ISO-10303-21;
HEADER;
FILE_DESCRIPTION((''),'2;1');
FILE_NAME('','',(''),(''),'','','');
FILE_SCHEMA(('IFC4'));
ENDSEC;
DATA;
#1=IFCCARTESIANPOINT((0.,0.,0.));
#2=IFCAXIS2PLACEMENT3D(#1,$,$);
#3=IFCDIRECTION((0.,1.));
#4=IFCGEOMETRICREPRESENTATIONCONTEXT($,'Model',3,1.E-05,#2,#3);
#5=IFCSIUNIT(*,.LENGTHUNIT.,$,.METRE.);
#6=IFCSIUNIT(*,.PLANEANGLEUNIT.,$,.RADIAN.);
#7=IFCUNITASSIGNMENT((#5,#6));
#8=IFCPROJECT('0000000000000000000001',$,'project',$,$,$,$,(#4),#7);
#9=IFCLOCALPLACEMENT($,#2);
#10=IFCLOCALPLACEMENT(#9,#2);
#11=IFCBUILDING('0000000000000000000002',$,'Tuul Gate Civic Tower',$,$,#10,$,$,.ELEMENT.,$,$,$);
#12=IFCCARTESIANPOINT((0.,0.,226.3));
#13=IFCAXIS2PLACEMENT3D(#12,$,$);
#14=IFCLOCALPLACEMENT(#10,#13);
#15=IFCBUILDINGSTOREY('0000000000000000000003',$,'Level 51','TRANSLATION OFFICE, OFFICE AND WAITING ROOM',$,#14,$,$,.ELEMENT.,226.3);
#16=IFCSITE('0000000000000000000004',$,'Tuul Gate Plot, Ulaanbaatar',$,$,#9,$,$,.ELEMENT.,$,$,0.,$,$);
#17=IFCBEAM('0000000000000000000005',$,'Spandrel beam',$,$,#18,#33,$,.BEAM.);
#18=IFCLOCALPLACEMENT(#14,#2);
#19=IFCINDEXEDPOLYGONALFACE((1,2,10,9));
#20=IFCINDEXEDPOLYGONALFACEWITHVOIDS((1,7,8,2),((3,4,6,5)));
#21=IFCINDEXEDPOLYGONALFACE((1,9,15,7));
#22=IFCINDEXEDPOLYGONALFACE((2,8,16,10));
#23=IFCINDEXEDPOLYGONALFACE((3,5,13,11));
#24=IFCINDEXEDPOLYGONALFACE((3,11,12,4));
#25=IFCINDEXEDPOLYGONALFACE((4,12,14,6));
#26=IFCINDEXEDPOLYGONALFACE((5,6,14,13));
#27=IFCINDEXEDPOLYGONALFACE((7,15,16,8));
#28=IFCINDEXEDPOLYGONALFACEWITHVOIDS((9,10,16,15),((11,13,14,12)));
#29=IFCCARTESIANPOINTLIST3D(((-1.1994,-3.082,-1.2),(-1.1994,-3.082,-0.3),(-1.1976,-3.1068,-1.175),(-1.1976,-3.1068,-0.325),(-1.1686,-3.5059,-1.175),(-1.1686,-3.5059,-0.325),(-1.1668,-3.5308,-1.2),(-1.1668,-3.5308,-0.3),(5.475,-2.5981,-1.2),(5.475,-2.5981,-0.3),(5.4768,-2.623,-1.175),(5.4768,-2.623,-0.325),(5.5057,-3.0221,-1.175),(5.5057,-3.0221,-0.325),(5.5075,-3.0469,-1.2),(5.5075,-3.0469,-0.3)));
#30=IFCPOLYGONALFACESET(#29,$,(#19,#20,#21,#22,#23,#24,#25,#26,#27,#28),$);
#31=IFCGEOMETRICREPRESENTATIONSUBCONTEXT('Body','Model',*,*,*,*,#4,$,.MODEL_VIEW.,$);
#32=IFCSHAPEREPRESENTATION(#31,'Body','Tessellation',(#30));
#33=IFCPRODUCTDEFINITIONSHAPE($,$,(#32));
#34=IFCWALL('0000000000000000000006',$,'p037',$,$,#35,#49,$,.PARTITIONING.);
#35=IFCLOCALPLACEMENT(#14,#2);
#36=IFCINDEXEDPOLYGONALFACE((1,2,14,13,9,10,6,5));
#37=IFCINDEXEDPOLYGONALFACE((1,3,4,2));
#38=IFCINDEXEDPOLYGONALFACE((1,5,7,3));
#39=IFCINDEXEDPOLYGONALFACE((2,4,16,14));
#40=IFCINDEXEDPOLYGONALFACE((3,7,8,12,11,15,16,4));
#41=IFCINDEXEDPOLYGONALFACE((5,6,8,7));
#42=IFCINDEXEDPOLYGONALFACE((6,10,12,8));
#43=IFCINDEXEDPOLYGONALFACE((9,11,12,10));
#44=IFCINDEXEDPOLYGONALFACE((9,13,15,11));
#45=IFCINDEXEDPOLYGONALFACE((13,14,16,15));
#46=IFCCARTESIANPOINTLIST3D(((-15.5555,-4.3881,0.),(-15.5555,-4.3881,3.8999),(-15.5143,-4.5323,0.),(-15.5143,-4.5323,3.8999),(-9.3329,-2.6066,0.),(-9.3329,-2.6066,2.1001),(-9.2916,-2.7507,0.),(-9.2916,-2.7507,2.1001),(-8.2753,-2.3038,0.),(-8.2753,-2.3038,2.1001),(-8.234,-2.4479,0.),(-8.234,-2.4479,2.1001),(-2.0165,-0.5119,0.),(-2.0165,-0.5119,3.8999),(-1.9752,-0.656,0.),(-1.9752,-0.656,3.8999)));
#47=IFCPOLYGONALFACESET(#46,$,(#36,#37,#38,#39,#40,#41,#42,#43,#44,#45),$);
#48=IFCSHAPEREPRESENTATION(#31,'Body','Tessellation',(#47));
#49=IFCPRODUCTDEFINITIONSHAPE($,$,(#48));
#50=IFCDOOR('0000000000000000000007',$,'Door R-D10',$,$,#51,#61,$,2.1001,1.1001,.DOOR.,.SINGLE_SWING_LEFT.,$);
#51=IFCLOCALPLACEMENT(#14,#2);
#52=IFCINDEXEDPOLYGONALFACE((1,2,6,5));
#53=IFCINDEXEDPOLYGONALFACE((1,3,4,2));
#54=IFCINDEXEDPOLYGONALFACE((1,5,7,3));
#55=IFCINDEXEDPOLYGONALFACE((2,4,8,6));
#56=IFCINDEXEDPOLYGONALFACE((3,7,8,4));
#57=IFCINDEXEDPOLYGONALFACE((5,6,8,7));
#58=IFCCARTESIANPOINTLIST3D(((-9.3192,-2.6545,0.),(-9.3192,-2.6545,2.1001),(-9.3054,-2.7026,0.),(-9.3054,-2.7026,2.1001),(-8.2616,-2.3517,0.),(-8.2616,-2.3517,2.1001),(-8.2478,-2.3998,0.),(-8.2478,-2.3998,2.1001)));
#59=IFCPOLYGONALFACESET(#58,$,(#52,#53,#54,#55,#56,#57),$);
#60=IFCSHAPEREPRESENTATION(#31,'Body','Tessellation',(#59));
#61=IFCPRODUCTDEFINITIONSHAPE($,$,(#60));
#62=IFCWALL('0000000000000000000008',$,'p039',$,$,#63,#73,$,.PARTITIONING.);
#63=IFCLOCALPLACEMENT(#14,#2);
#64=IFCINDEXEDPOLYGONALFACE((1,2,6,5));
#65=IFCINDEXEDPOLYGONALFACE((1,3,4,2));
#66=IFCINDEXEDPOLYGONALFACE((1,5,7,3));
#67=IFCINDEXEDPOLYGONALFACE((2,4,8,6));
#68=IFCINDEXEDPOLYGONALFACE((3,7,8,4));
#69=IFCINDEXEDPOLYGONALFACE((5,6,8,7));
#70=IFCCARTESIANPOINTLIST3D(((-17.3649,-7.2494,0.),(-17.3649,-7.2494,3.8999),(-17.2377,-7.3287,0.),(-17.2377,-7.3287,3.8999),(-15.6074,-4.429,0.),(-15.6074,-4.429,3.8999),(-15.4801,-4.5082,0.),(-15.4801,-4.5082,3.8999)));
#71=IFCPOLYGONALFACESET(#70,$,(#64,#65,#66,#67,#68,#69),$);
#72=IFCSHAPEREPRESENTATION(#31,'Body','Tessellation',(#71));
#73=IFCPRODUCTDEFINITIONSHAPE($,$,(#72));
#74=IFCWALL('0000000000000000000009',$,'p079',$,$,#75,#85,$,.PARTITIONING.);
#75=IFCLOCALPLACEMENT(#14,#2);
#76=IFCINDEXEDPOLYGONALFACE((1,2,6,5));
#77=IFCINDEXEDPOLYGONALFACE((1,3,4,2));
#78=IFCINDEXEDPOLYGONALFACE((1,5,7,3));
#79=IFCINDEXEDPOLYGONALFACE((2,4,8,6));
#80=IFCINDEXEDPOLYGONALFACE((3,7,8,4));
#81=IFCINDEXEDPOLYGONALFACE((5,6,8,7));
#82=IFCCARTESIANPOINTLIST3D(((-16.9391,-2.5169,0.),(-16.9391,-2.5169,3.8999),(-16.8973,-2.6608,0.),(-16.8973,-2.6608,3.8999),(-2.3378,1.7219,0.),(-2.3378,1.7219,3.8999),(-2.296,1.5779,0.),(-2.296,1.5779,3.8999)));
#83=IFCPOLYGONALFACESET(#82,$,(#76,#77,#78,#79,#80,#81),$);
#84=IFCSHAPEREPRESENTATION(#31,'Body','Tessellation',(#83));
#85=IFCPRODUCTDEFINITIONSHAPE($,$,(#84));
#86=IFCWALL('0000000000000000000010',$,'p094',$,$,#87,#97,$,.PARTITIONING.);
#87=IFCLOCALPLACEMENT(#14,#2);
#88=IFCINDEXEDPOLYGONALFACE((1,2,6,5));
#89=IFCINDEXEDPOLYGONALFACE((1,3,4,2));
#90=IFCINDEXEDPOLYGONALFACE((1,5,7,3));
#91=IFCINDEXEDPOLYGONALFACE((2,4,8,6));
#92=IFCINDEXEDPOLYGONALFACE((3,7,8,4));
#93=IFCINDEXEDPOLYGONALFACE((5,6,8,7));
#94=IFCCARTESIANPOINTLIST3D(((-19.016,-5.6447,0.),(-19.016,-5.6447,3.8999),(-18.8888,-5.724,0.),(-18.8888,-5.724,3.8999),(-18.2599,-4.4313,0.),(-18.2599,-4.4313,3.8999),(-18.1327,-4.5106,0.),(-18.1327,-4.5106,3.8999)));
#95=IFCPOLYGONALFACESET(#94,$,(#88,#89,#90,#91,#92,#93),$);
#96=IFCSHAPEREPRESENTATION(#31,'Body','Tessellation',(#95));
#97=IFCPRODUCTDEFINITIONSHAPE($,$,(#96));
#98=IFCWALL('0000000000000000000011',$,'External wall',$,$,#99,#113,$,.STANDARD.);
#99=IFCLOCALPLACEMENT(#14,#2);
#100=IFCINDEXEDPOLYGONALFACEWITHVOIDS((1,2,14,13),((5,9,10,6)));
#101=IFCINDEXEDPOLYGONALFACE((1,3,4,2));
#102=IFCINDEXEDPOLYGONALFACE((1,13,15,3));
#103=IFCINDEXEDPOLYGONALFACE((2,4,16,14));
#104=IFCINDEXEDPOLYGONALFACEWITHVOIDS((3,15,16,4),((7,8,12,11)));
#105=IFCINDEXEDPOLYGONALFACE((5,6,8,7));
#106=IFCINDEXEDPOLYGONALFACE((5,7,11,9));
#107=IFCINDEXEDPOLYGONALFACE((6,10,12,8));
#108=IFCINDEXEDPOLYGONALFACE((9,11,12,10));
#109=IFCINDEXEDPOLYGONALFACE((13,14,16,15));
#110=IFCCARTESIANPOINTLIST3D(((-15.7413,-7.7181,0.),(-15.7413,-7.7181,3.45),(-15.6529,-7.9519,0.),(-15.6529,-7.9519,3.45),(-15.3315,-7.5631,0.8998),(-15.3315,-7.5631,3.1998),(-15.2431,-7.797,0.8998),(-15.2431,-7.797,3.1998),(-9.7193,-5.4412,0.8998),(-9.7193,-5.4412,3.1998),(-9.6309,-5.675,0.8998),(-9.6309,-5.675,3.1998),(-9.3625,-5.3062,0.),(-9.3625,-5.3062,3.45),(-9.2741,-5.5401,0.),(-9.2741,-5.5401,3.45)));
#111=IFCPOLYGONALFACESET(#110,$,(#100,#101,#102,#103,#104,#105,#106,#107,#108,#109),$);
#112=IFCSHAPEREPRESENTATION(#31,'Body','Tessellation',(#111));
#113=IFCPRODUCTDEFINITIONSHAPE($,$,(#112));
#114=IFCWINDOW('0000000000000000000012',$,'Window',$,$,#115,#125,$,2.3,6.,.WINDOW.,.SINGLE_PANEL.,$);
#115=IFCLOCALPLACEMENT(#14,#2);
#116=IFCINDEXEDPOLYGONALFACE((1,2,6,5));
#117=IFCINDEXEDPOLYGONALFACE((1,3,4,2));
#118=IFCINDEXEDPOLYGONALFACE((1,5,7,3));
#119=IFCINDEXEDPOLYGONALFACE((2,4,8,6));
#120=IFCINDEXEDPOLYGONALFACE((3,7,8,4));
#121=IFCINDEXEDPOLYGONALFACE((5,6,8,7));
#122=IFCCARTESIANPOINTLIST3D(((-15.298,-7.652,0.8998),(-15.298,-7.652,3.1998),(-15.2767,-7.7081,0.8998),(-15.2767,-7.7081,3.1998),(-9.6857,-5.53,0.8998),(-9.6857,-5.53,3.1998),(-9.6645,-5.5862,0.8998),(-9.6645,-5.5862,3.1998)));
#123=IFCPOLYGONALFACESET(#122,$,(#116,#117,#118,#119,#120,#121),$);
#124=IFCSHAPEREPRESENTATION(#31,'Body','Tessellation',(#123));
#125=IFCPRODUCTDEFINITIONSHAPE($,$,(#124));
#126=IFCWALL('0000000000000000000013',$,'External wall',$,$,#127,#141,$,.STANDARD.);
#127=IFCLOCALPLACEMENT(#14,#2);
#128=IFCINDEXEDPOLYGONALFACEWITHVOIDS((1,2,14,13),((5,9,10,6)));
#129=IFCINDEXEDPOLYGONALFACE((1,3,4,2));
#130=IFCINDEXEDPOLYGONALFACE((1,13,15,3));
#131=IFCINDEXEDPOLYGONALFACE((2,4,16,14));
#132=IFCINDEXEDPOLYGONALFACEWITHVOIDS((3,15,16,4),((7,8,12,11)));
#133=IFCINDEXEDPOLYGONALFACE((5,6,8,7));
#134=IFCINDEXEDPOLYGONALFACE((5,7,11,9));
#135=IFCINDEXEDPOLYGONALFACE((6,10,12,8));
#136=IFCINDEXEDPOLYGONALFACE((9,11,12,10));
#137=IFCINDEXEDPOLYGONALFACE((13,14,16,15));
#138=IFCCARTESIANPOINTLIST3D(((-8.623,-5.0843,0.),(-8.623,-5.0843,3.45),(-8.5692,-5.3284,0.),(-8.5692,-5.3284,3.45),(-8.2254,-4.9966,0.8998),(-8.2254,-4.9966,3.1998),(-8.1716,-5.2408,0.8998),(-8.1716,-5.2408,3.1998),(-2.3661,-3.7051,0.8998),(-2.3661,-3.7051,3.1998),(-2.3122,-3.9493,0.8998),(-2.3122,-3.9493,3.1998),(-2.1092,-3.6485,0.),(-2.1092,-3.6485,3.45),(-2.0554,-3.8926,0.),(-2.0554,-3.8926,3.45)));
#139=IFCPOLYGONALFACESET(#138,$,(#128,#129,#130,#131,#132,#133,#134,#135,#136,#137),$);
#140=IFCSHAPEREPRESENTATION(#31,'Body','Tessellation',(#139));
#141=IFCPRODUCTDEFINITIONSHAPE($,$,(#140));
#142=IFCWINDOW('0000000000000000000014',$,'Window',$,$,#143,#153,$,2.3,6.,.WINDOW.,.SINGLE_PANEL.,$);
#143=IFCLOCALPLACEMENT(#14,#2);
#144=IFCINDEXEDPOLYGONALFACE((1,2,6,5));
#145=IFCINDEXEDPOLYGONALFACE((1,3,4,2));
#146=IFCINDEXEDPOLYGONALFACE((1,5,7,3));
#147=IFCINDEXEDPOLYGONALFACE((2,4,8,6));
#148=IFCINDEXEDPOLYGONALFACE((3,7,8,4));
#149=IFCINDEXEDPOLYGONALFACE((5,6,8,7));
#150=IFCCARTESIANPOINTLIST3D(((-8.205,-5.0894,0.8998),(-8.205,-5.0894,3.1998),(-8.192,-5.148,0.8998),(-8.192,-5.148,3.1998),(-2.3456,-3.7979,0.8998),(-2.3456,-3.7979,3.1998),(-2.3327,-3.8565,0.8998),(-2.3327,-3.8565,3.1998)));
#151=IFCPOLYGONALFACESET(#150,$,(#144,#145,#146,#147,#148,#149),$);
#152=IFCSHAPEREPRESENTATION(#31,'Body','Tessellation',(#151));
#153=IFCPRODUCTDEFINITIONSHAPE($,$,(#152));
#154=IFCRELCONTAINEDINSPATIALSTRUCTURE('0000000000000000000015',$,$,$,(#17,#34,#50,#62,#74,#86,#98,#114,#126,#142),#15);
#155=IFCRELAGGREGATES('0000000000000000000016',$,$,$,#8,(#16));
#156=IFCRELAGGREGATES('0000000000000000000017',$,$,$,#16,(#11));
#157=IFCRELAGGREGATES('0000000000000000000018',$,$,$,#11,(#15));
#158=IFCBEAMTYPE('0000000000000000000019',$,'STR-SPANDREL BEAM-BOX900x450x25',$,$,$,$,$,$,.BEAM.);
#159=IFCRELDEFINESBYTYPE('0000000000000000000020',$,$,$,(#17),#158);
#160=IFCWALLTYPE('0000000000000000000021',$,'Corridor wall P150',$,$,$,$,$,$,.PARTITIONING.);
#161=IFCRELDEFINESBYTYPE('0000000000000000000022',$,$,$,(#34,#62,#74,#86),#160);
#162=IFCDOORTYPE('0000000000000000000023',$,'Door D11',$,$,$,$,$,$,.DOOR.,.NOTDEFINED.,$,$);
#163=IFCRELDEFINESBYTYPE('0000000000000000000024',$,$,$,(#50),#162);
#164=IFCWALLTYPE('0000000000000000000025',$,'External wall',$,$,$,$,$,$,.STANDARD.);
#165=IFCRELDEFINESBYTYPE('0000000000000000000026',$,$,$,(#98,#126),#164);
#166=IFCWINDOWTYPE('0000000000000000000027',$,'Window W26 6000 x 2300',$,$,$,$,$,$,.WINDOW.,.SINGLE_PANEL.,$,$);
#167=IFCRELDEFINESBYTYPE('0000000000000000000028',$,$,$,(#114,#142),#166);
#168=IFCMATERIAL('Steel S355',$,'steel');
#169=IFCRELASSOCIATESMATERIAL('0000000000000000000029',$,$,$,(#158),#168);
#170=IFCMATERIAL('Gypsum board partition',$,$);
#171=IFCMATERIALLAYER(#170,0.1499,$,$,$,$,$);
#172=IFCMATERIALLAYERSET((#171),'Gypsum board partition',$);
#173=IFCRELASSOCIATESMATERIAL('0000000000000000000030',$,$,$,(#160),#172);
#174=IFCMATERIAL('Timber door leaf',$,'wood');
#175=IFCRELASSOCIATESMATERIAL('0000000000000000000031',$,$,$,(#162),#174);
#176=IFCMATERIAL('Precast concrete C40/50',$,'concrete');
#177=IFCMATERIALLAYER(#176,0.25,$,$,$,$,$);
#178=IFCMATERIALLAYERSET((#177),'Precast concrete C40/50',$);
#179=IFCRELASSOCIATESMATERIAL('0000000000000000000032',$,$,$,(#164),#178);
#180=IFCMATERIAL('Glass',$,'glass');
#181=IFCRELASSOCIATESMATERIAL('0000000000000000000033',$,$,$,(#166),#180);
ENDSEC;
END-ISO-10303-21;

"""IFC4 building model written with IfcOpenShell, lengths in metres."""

from ifc_helpers import new_model, si_unit, direction, frame, frame_2d, origin, origin_2d, place, context, subcontext, project, spatial, rectangle, hollow_rectangle, extrude, material, layer, layer_set, material_profile, profile_set, type_object, element, fill, save


model = new_model("IFC4")

# Units and contexts
model_context = context("Model", 3, precision=1e-05, world=origin(), true_north=direction((0.0, 1.0)))
body_context = subcontext(model_context, "Body", "Model", "MODEL_VIEW")
ifc_project = project(units=[si_unit("LENGTHUNIT", "METRE"), si_unit("PLANEANGLEUNIT", "RADIAN")], contexts=[model_context])

# Site, building, storey
site_placement = place(None, origin())
site = spatial("IfcSite", under=ifc_project, at=site_placement, Name="Tuul Gate Plot, Ulaanbaatar", CompositionType="ELEMENT", RefElevation=0.0)
building_placement = place(site_placement, origin())
building = spatial("IfcBuilding", under=site, at=building_placement, Name="Tuul Gate Civic Tower", CompositionType="ELEMENT")
storey_placement = place(building_placement, frame((0.0, 0.0, 226.3)))
storey = spatial("IfcBuildingStorey", under=building, at=storey_placement, Name="Level 51", Description="TRANSLATION OFFICE, OFFICE AND WAITING ROOM", CompositionType="ELEMENT", Elevation=226.3)

# Beam
ifc_material_1 = material(Name="Steel S355", Category="steel")
ifc_material_profile_1 = material_profile(ifc_material_1, hollow_rectangle(XDim=0.45, YDim=0.8999, WallThickness=0.0249, at=origin_2d()), Name="BOX900x450x25")
ifc_profile_set_1 = profile_set([ifc_material_profile_1], Name="Steel S355")
beam_type_1 = type_object("IfcBeamType", Name="STR-SPANDREL BEAM-BOX900x450x25", PredefinedType="BEAM", material=ifc_profile_set_1)
for number, where, z_axis, x_axis, name in (
    (1, (-1.1831, -3.3064, -0.75), (0.997382, 0.07231, 0.0), (-0.07231, 0.997382, 0.0), "Spandrel beam"),
):
    element("IfcBeam", number, at=place(storey_placement, frame(where, z_axis=z_axis, x_axis=x_axis)), inside=storey, type_object=beam_type_1, Name=name, PredefinedType="BEAM", context=body_context, shape_type="SweptSolid", body=[
        extrude(hollow_rectangle(XDim=0.45, YDim=0.8999, WallThickness=0.0249, at=origin_2d()), origin(), (0.0, 0.0, 1.0), 6.6919),
    ])

# Wall, opening, door
ifc_material_2 = material(Name="Gypsum board partition")
ifc_layer_1 = layer(ifc_material_2, 0.1499)
ifc_layer_set_1 = layer_set([ifc_layer_1], Name="Gypsum board partition")
wall_type_1 = type_object("IfcWallType", Name="Corridor wall P150", PredefinedType="PARTITIONING", material=ifc_layer_set_1)
wall_1_placement = place(storey_placement, frame((-15.5349, -4.4602, 0.0), z_axis=(0.0, 0.0, 1.0), x_axis=(0.961375, 0.275241, 0.0)))
wall_1 = element("IfcWall", 2, at=wall_1_placement, inside=storey, type_object=wall_type_1, Name="p037", PredefinedType="PARTITIONING", context=body_context, shape_type="SweptSolid", body=[
    extrude(rectangle(XDim=14.083, YDim=0.1499, at=frame_2d((7.0415, 0.0))), origin(), (0.0, 0.0, 1.0), 3.8999),
])
opening_1_placement = place(wall_1_placement, frame((6.4727, 0.0, 0.0)))
opening_1 = element("IfcOpeningElement", 3, at=opening_1_placement, cuts=wall_1, PredefinedType="OPENING", context=body_context, shape_type="SweptSolid", body=[
    extrude(rectangle(XDim=1.1001, YDim=2.1001, at=frame_2d((0.55, 1.05))), frame((0.0, 0.085, 0.0), z_axis=(0.0, -1.0, 0.0), x_axis=(1.0, 0.0, 0.0)), (0.0, 0.0, 1.0), 0.1699),
])
ifc_material_3 = material(Name="Timber door leaf", Category="wood")
door_type = type_object("IfcDoorType", Name="Door D11", OperationType="NOTDEFINED", PredefinedType="DOOR", material=ifc_material_3)
door_placement = place(opening_1_placement, frame((1.1001, 0.0, 0.0), z_axis=(0.0, 0.0, 1.0), x_axis=(-1.0, 0.0, 0.0)))
door = element("IfcDoor", 4, at=door_placement, inside=storey, type_object=door_type, Name="Door R-D10", OperationType="SINGLE_SWING_LEFT", OverallHeight=2.1001, OverallWidth=1.1001, PredefinedType="DOOR", context=body_context, shape_type="SweptSolid", body=[
    extrude(rectangle(XDim=1.1001, YDim=2.1001, at=frame_2d((0.55, 1.05))), frame((0.0, 0.0249, 0.0), z_axis=(0.0, -1.0, 0.0), x_axis=(1.0, 0.0, 0.0)), (0.0, 0.0, 1.0), 0.05),
])
fill(opening_1, door)

# Walls
wall_2_placement = place(storey_placement, frame((-17.3013, -7.2891, 0.0), z_axis=(0.0, 0.0, 1.0), x_axis=(0.528856, 0.848712, 0.0)))
element("IfcWall", 5, at=wall_2_placement, inside=storey, type_object=wall_type_1, Name="p039", PredefinedType="PARTITIONING", context=body_context, shape_type="SweptSolid", body=[
    extrude(rectangle(XDim=3.3232, YDim=0.1499, at=frame_2d((1.6616, 0.0))), origin(), (0.0, 0.0, 1.0), 3.8999),
])
wall_3_placement = place(storey_placement, frame((-16.9182, -2.5889, 0.0), z_axis=(0.0, 0.0, 1.0), x_axis=(0.960352, 0.278791, 0.0)))
element("IfcWall", 6, at=wall_3_placement, inside=storey, type_object=wall_type_1, Name="p079", PredefinedType="PARTITIONING", context=body_context, shape_type="SweptSolid", body=[
    extrude(rectangle(XDim=15.2041, YDim=0.1499, at=frame_2d((7.6021, 0.0))), origin(), (0.0, 0.0, 1.0), 3.8999),
])
wall_4_placement = place(storey_placement, frame((-18.9524, -5.6843, 0.0), z_axis=(0.0, 0.0, 1.0), x_axis=(0.528863, 0.848707, 0.0)))
element("IfcWall", 7, at=wall_4_placement, inside=storey, type_object=wall_type_1, Name="p094", PredefinedType="PARTITIONING", context=body_context, shape_type="SweptSolid", body=[
    extrude(rectangle(XDim=1.4297, YDim=0.1499, at=frame_2d((0.7148, 0.0))), origin(), (0.0, 0.0, 1.0), 3.8999),
])

# Walls, openings, windows
ifc_material_4 = material(Name="Precast concrete C40/50", Category="concrete")
ifc_layer_2 = layer(ifc_material_4, 0.25)
ifc_layer_set_2 = layer_set([ifc_layer_2], Name="Precast concrete C40/50")
wall_type_2 = type_object("IfcWallType", Name="External wall", PredefinedType="STANDARD", material=ifc_layer_set_2)
wall_5_placement = place(storey_placement, frame((-15.697, -7.835, 0.0), z_axis=(0.0, 0.0, 1.0), x_axis=(0.935372, 0.353664, 0.0)))
wall_5 = element("IfcWall", 8, at=wall_5_placement, inside=storey, type_object=wall_type_2, Name="External wall", PredefinedType="STANDARD", context=body_context, shape_type="SweptSolid", body=[
    extrude(rectangle(XDim=6.8196, YDim=0.25, at=frame_2d((3.4097, 0.0))), origin(), (0.0, 0.0, 1.0), 3.45),
])
opening_2_placement = place(wall_5_placement, frame((0.438, 0.0, 0.8999)))
opening_2 = element("IfcOpeningElement", 9, at=opening_2_placement, cuts=wall_5, PredefinedType="OPENING", context=body_context, shape_type="SweptSolid", body=[
    extrude(rectangle(XDim=6.0, YDim=2.3, at=frame_2d((3.0, 1.1499))), frame((0.0, 0.135, 0.0), z_axis=(0.0, -1.0, 0.0), x_axis=(1.0, 0.0, 0.0)), (0.0, 0.0, 1.0), 0.27),
])
ifc_material_5 = material(Name="Glass", Category="glass")
window_type = type_object("IfcWindowType", Name="Window W26 6000 x 2300", PartitioningType="SINGLE_PANEL", PredefinedType="WINDOW", material=ifc_material_5)
window_1_placement = place(opening_2_placement, origin())
window_1 = element("IfcWindow", 10, at=window_1_placement, inside=storey, type_object=window_type, Name="Window", OverallHeight=2.3, OverallWidth=6.0, PartitioningType="SINGLE_PANEL", PredefinedType="WINDOW", context=body_context, shape_type="SweptSolid", body=[
    extrude(rectangle(XDim=6.0, YDim=2.3, at=frame_2d((3.0, 1.1499))), frame((0.0, 0.03, 0.0), z_axis=(0.0, -1.0, 0.0), x_axis=(1.0, 0.0, 0.0)), (0.0, 0.0, 1.0), 0.0601),
])
fill(opening_2, window_1)
wall_6_placement = place(storey_placement, frame((-8.5959, -5.2063, 0.0), z_axis=(0.0, 0.0, 1.0), x_axis=(0.976559, 0.215252, 0.0)))
wall_6 = element("IfcWall", 11, at=wall_6_placement, inside=storey, type_object=wall_type_2, Name="External wall", PredefinedType="STANDARD", context=body_context, shape_type="SweptSolid", body=[
    extrude(rectangle(XDim=6.6702, YDim=0.25, at=frame_2d((3.335, 0.0))), origin(), (0.0, 0.0, 1.0), 3.45),
])
opening_3_placement = place(wall_6_placement, frame((0.407, 0.0, 0.8999)))
opening_3 = element("IfcOpeningElement", 12, at=opening_3_placement, cuts=wall_6, PredefinedType="OPENING", context=body_context, shape_type="SweptSolid", body=[
    extrude(rectangle(XDim=6.0, YDim=2.3, at=frame_2d((3.0, 1.1499))), frame((0.0, 0.135, 0.0), z_axis=(0.0, -1.0, 0.0), x_axis=(1.0, 0.0, 0.0)), (0.0, 0.0, 1.0), 0.27),
])
window_2_placement = place(opening_3_placement, origin())
window_2 = element("IfcWindow", 13, at=window_2_placement, inside=storey, type_object=window_type, Name="Window", OverallHeight=2.3, OverallWidth=6.0, PartitioningType="SINGLE_PANEL", PredefinedType="WINDOW", context=body_context, shape_type="SweptSolid", body=[
    extrude(rectangle(XDim=6.0, YDim=2.3, at=frame_2d((3.0, 1.1499))), frame((0.0, 0.03, 0.0), z_axis=(0.0, -1.0, 0.0), x_axis=(1.0, 0.0, 0.0)), (0.0, 0.0, 1.0), 0.0601),
])
fill(opening_3, window_2)

save(model, "model.ifc")
